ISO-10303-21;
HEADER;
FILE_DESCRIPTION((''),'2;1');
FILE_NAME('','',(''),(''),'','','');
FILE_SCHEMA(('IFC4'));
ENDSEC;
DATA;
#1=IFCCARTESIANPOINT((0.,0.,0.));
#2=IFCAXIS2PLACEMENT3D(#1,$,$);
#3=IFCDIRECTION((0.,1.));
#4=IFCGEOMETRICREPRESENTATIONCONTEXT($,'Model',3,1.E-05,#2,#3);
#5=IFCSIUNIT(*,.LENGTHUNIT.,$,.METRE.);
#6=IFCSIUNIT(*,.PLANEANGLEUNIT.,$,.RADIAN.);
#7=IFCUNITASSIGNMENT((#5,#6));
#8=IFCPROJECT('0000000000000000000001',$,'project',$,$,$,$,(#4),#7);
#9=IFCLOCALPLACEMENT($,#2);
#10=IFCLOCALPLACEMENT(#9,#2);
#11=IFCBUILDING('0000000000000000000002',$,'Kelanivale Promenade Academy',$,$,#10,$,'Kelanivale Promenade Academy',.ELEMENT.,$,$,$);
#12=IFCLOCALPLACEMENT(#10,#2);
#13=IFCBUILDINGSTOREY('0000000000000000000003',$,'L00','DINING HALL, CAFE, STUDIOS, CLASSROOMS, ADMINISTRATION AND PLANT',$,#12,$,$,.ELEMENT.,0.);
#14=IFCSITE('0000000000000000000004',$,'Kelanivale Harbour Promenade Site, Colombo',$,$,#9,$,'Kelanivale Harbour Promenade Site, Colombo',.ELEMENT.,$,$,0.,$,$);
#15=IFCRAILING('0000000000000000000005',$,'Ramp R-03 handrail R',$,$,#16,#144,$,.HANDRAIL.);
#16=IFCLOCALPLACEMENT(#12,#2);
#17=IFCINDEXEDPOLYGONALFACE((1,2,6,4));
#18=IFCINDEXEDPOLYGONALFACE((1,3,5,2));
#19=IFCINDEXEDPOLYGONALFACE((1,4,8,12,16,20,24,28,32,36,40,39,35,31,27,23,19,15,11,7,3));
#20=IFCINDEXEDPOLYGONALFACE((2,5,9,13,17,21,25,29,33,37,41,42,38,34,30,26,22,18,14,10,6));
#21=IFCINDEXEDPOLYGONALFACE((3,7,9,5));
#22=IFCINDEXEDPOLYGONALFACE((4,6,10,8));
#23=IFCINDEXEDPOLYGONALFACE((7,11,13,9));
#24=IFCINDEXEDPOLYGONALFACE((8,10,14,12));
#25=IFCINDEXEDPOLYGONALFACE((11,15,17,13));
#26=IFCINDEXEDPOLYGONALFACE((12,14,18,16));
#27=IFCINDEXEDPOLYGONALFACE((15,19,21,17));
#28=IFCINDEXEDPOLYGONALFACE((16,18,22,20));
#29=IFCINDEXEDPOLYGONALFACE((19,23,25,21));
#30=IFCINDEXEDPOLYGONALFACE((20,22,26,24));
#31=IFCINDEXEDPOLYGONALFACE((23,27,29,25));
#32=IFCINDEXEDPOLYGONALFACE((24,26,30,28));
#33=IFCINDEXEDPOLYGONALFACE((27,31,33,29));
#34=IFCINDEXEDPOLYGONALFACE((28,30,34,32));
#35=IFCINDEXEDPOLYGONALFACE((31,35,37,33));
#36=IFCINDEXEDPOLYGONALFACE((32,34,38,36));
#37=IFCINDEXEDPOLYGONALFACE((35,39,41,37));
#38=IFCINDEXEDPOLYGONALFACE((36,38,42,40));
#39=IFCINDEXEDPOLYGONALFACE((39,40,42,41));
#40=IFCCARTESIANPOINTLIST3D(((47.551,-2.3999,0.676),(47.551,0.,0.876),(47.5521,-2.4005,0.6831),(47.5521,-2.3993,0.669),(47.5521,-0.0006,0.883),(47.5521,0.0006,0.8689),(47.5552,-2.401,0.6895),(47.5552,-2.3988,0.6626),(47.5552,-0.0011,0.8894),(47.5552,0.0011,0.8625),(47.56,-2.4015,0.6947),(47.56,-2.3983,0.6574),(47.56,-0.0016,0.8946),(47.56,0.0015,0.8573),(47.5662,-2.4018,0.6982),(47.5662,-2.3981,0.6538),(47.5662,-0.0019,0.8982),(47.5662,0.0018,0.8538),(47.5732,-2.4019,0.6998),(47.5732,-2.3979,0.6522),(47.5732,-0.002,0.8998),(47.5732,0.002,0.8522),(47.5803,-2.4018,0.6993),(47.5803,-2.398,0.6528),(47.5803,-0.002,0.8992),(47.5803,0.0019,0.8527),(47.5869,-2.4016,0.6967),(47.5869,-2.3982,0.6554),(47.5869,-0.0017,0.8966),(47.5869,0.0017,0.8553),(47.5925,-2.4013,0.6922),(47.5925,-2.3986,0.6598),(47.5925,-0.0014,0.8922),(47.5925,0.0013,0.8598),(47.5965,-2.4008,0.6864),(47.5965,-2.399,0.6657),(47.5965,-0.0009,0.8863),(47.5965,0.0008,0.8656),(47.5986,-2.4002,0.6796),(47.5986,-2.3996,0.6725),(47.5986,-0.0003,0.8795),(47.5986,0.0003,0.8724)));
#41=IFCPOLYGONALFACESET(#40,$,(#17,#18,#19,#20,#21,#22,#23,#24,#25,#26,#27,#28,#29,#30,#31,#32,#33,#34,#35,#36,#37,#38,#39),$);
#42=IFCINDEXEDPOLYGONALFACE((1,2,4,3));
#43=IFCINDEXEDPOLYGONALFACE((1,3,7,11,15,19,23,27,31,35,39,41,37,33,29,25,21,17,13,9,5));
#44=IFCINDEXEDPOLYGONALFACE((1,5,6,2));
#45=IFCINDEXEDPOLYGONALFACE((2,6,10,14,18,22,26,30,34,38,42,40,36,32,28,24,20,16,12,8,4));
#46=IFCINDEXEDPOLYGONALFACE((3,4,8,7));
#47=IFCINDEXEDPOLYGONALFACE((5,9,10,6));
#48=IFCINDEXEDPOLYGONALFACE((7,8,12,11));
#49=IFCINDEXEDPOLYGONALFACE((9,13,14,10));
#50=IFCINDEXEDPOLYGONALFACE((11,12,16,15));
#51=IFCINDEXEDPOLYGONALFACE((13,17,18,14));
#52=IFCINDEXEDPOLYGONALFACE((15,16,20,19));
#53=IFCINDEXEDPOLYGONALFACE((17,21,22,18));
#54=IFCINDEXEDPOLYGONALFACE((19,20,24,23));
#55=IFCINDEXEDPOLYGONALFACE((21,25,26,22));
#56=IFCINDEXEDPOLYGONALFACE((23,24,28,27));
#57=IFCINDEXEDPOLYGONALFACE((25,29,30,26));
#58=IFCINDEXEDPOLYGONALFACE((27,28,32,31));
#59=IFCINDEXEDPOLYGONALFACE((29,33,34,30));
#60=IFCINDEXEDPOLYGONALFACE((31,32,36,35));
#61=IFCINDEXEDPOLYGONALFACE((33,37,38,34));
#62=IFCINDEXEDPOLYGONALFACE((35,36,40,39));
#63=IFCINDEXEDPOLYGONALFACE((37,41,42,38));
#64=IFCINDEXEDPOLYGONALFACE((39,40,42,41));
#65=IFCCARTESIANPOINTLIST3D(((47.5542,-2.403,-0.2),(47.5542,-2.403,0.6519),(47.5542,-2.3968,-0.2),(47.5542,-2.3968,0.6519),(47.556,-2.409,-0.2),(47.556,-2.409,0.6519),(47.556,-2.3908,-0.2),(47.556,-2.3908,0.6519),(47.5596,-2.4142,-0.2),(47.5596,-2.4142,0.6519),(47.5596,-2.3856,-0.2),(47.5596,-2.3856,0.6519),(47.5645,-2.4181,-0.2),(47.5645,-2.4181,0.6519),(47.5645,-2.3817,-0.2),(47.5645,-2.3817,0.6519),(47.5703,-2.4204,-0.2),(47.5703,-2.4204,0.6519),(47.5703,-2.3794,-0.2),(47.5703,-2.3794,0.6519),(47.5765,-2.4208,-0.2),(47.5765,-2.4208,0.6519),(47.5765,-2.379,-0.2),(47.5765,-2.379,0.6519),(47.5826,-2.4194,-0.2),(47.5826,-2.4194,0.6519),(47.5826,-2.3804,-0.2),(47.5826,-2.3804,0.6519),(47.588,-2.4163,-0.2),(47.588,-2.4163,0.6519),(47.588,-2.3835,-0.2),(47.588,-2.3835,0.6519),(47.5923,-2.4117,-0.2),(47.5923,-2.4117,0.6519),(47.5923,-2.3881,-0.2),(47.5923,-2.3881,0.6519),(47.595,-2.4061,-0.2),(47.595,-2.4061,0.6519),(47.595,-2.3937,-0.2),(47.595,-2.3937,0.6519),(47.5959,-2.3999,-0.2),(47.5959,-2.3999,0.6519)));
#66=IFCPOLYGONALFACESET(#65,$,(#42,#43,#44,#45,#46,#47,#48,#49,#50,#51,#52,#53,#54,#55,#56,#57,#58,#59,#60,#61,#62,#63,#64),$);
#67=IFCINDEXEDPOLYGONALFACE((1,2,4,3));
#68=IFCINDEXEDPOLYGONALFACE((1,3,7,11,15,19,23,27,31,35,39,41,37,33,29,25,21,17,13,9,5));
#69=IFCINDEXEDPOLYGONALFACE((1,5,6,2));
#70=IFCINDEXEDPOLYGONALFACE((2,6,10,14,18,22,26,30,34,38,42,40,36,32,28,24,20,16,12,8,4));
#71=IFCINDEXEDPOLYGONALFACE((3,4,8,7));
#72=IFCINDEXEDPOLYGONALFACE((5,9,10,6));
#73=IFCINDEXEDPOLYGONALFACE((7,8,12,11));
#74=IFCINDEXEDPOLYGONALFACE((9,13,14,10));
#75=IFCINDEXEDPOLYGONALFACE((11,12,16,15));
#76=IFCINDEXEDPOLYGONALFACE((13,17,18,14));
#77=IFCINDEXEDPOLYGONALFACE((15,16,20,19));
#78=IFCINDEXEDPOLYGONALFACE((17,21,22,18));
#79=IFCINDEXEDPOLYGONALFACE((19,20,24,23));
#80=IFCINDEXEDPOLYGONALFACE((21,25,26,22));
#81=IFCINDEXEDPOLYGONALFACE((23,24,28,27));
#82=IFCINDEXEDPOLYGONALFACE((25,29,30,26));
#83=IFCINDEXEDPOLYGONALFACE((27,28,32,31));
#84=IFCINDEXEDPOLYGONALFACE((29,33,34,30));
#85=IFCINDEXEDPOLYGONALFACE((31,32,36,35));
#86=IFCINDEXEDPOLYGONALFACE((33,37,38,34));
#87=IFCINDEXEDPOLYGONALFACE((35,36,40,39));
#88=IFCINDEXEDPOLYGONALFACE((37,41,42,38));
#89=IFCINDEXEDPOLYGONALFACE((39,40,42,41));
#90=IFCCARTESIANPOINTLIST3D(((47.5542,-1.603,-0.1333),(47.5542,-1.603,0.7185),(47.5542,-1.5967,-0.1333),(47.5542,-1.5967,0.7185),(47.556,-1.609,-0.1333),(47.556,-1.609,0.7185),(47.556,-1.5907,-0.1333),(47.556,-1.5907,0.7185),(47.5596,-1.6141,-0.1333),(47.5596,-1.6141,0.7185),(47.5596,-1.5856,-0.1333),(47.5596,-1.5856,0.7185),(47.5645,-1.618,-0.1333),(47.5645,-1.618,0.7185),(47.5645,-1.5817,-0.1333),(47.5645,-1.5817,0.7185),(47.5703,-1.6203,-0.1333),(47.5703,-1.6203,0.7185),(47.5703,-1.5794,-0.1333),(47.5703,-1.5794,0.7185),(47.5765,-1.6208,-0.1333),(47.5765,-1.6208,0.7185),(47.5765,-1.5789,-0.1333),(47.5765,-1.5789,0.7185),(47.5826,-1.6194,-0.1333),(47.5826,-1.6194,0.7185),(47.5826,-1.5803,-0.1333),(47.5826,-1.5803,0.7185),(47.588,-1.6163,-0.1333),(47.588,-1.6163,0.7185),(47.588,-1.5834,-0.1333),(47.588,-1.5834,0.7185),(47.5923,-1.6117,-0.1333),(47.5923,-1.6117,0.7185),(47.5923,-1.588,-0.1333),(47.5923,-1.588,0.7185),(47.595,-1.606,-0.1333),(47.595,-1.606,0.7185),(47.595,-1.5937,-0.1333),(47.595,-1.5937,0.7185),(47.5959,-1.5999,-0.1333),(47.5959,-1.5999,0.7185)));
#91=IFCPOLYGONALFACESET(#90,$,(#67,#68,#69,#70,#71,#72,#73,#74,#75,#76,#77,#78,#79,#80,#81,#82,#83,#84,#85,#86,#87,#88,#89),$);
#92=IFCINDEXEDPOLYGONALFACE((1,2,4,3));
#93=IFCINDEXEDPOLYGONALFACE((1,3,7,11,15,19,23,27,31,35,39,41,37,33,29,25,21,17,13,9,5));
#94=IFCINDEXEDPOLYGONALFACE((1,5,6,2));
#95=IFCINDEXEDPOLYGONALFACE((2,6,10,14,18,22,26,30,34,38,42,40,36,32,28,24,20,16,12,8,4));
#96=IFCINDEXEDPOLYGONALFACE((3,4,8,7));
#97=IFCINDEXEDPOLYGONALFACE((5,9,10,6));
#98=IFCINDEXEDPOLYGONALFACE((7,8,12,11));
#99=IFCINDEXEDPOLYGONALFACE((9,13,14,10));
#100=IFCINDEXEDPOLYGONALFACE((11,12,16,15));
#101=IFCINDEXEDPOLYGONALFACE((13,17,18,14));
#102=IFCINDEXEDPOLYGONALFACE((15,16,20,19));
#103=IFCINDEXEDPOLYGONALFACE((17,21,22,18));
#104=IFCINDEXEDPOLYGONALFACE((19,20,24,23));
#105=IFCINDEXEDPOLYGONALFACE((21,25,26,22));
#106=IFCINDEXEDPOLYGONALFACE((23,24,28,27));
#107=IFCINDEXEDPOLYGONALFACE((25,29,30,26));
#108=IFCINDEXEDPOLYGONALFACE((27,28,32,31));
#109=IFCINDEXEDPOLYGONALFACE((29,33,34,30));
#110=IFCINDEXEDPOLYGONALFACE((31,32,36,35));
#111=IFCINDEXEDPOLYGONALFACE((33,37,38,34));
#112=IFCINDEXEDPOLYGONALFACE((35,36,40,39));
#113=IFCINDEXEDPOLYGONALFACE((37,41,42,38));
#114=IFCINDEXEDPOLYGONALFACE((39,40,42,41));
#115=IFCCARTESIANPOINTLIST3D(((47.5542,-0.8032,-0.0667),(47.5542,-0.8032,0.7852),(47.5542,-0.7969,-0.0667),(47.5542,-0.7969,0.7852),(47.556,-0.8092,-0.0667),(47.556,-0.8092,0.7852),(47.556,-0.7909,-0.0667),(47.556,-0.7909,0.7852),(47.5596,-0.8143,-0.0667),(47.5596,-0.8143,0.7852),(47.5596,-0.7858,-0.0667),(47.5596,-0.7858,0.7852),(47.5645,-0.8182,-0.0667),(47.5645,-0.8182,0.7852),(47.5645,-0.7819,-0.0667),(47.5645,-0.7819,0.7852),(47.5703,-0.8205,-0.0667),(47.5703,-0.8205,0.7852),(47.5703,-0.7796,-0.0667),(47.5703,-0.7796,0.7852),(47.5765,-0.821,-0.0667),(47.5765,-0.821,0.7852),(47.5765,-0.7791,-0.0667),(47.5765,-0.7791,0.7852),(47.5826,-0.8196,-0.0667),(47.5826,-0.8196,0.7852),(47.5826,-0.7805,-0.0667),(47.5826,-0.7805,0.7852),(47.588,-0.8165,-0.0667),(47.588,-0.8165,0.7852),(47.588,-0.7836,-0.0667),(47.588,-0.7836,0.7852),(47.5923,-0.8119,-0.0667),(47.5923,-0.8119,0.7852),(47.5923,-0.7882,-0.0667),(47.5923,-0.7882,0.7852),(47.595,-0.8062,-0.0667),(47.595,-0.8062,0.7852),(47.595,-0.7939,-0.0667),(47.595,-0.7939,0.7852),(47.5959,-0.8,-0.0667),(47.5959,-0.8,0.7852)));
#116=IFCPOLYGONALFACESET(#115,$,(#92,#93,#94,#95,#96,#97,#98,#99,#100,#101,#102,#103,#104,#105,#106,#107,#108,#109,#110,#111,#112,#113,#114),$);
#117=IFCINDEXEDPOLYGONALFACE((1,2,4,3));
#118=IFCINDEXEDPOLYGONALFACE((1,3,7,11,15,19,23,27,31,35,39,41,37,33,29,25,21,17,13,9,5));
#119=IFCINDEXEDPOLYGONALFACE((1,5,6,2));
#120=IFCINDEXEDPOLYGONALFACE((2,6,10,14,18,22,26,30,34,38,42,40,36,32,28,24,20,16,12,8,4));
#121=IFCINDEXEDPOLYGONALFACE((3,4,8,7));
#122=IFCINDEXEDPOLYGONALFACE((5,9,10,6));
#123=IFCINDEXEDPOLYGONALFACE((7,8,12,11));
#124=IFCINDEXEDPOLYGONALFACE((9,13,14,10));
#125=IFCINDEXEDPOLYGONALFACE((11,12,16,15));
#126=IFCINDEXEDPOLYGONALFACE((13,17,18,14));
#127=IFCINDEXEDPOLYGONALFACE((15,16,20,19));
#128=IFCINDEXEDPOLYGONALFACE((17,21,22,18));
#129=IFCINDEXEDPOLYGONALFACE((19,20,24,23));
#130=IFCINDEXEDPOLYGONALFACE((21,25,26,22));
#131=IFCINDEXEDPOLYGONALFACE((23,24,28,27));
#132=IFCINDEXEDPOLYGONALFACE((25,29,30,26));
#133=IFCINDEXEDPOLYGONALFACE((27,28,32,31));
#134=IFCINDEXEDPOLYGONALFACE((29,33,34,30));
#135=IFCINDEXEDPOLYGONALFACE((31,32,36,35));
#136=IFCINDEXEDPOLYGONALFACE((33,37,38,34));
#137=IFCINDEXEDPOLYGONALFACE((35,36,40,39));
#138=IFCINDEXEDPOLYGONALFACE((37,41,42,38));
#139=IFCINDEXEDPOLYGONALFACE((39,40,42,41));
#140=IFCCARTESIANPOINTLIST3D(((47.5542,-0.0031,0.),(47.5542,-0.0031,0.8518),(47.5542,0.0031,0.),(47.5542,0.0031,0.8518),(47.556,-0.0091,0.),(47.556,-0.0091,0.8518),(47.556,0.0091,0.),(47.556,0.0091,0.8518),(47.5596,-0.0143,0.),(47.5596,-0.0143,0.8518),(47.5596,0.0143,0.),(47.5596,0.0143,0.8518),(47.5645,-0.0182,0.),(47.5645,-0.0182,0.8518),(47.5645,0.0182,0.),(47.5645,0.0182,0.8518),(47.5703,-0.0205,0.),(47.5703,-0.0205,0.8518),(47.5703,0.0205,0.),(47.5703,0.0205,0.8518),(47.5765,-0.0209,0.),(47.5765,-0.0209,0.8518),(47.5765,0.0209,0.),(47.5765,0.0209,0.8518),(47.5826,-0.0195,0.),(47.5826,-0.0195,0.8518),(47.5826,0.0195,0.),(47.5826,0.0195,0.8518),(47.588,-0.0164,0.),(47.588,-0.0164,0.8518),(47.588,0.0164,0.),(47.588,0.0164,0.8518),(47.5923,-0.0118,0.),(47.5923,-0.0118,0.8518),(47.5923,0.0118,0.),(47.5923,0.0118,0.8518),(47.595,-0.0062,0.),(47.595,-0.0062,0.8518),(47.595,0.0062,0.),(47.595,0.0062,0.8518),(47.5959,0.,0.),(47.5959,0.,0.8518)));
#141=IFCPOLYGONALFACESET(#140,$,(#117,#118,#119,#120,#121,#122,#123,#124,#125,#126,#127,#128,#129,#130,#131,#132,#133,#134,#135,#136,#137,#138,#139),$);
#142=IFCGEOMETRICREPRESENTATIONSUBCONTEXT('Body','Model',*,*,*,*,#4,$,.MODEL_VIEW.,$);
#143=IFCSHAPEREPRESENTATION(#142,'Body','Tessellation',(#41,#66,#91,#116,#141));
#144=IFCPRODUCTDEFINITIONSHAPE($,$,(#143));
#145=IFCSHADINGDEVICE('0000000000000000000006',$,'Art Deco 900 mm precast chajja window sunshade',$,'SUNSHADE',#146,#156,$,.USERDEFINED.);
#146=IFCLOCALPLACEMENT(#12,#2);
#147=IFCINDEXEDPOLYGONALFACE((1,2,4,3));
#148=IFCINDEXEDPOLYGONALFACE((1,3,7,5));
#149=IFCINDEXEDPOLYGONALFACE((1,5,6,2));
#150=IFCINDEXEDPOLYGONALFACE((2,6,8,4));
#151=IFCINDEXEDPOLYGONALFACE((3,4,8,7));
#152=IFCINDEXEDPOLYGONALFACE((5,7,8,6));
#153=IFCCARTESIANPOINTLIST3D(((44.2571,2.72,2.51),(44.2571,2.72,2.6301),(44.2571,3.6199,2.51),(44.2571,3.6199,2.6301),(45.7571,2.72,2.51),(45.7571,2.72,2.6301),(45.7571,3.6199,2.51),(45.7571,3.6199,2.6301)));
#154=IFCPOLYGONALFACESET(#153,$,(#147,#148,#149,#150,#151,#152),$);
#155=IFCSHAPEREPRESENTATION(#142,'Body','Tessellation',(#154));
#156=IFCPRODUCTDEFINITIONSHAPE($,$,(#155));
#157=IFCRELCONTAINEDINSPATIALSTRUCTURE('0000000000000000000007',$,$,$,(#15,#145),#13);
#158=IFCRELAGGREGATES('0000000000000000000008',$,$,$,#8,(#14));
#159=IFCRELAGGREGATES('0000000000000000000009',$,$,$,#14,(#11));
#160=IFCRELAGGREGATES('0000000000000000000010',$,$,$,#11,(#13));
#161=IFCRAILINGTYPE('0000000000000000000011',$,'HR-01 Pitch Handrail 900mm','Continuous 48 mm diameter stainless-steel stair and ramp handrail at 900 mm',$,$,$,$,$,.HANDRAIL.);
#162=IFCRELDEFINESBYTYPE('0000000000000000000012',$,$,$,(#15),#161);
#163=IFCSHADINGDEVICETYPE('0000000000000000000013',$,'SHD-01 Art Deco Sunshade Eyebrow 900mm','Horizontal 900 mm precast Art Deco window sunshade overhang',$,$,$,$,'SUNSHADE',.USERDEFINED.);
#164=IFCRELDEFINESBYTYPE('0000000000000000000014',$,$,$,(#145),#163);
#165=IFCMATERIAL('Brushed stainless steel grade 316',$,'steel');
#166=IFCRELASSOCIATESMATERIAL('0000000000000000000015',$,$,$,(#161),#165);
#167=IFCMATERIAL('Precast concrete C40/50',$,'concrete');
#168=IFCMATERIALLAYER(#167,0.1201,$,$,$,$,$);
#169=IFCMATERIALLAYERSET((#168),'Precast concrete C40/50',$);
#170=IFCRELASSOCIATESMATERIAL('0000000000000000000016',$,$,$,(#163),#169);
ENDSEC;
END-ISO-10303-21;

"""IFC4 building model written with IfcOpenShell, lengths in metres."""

from ifc_helpers import new_model, si_unit, direction, frame, origin, origin_2d, place, context, subcontext, project, spatial, rectangle, circle, extrude, material, layer, layer_set, type_object, element, save


model = new_model("IFC4")

# Units and contexts
model_context = context("Model", 3, precision=1e-05, world=origin(), true_north=direction((0.0, 1.0)))
body_context = subcontext(model_context, "Body", "Model", "MODEL_VIEW")
ifc_project = project(units=[si_unit("LENGTHUNIT", "METRE"), si_unit("PLANEANGLEUNIT", "RADIAN")], contexts=[model_context])

# Site, building, storey
site_placement = place(None, origin())
site = spatial("IfcSite", under=ifc_project, at=site_placement, Name="Kelanivale Harbour Promenade Site, Colombo", LongName="Kelanivale Harbour Promenade Site, Colombo", CompositionType="ELEMENT", RefElevation=0.0)
building_placement = place(site_placement, origin())
building = spatial("IfcBuilding", under=site, at=building_placement, Name="Kelanivale Promenade Academy", LongName="Kelanivale Promenade Academy", CompositionType="ELEMENT")
storey_placement = place(building_placement, origin())
storey = spatial("IfcBuildingStorey", under=building, at=storey_placement, Name="L00", Description="DINING HALL, CAFE, STUDIOS, CLASSROOMS, ADMINISTRATION AND PLANT", CompositionType="ELEMENT", Elevation=0.0)

# Railing
ifc_material_1 = material(Name="Brushed stainless steel grade 316", Category="steel")
railing_type = type_object("IfcRailingType", Name="HR-01 Pitch Handrail 900mm", Description="Continuous 48 mm diameter stainless-steel stair and ramp handrail at 900 mm", PredefinedType="HANDRAIL", material=ifc_material_1)
for number, where, name in (
    (1, (47.575, -2.3999, -0.2), "Ramp R-03 handrail R"),
):
    element("IfcRailing", number, at=place(storey_placement, frame(where)), inside=storey, type_object=railing_type, Name=name, PredefinedType="HANDRAIL", context=body_context, shape_type="SweptSolid", body=[
        extrude(circle(Radius=0.0239, at=origin_2d()), frame((0.0, 0.0, 0.876), z_axis=(0.0, 0.996547, 0.083029), x_axis=(-1.0, 0.0, 0.0)), (0.0, 0.0, 1.0), 2.4082),
        extrude(circle(Radius=0.021, at=origin_2d()), origin(), (0.0, 0.0, 1.0), 0.8518),
        extrude(circle(Radius=0.021, at=origin_2d()), frame((0.0, 0.8, 0.0667)), (0.0, 0.0, 1.0), 0.8518),
        extrude(circle(Radius=0.021, at=origin_2d()), frame((0.0, 1.5999, 0.1333)), (0.0, 0.0, 1.0), 0.8518),
        extrude(circle(Radius=0.021, at=origin_2d()), frame((0.0, 2.3999, 0.2)), (0.0, 0.0, 1.0), 0.8518),
    ])

# Shading device
ifc_material_2 = material(Name="Precast concrete C40/50", Category="concrete")
ifc_layer_1 = layer(ifc_material_2, 0.1201)
ifc_layer_set_1 = layer_set([ifc_layer_1], Name="Precast concrete C40/50")
shading_device_type = type_object("IfcShadingDeviceType", Name="SHD-01 Art Deco Sunshade Eyebrow 900mm", Description="Horizontal 900 mm precast Art Deco window sunshade overhang", ElementType="SUNSHADE", PredefinedType="USERDEFINED", material=ifc_layer_set_1)
shading_device_placement = place(storey_placement, frame((45.0071, 3.1699, 2.51), z_axis=(0.0, 0.0, 1.0), x_axis=(1.0, 0.0, 0.0)))
element("IfcShadingDevice", 2, at=shading_device_placement, inside=storey, type_object=shading_device_type, Name="Art Deco 900 mm precast chajja window sunshade", ObjectType="SUNSHADE", PredefinedType="USERDEFINED", context=body_context, shape_type="SweptSolid", body=[
    extrude(rectangle(XDim=1.5, YDim=0.8999, at=origin_2d()), origin(), (0.0, 0.0, 1.0), 0.1201),
])

save(model, "model.ifc")
